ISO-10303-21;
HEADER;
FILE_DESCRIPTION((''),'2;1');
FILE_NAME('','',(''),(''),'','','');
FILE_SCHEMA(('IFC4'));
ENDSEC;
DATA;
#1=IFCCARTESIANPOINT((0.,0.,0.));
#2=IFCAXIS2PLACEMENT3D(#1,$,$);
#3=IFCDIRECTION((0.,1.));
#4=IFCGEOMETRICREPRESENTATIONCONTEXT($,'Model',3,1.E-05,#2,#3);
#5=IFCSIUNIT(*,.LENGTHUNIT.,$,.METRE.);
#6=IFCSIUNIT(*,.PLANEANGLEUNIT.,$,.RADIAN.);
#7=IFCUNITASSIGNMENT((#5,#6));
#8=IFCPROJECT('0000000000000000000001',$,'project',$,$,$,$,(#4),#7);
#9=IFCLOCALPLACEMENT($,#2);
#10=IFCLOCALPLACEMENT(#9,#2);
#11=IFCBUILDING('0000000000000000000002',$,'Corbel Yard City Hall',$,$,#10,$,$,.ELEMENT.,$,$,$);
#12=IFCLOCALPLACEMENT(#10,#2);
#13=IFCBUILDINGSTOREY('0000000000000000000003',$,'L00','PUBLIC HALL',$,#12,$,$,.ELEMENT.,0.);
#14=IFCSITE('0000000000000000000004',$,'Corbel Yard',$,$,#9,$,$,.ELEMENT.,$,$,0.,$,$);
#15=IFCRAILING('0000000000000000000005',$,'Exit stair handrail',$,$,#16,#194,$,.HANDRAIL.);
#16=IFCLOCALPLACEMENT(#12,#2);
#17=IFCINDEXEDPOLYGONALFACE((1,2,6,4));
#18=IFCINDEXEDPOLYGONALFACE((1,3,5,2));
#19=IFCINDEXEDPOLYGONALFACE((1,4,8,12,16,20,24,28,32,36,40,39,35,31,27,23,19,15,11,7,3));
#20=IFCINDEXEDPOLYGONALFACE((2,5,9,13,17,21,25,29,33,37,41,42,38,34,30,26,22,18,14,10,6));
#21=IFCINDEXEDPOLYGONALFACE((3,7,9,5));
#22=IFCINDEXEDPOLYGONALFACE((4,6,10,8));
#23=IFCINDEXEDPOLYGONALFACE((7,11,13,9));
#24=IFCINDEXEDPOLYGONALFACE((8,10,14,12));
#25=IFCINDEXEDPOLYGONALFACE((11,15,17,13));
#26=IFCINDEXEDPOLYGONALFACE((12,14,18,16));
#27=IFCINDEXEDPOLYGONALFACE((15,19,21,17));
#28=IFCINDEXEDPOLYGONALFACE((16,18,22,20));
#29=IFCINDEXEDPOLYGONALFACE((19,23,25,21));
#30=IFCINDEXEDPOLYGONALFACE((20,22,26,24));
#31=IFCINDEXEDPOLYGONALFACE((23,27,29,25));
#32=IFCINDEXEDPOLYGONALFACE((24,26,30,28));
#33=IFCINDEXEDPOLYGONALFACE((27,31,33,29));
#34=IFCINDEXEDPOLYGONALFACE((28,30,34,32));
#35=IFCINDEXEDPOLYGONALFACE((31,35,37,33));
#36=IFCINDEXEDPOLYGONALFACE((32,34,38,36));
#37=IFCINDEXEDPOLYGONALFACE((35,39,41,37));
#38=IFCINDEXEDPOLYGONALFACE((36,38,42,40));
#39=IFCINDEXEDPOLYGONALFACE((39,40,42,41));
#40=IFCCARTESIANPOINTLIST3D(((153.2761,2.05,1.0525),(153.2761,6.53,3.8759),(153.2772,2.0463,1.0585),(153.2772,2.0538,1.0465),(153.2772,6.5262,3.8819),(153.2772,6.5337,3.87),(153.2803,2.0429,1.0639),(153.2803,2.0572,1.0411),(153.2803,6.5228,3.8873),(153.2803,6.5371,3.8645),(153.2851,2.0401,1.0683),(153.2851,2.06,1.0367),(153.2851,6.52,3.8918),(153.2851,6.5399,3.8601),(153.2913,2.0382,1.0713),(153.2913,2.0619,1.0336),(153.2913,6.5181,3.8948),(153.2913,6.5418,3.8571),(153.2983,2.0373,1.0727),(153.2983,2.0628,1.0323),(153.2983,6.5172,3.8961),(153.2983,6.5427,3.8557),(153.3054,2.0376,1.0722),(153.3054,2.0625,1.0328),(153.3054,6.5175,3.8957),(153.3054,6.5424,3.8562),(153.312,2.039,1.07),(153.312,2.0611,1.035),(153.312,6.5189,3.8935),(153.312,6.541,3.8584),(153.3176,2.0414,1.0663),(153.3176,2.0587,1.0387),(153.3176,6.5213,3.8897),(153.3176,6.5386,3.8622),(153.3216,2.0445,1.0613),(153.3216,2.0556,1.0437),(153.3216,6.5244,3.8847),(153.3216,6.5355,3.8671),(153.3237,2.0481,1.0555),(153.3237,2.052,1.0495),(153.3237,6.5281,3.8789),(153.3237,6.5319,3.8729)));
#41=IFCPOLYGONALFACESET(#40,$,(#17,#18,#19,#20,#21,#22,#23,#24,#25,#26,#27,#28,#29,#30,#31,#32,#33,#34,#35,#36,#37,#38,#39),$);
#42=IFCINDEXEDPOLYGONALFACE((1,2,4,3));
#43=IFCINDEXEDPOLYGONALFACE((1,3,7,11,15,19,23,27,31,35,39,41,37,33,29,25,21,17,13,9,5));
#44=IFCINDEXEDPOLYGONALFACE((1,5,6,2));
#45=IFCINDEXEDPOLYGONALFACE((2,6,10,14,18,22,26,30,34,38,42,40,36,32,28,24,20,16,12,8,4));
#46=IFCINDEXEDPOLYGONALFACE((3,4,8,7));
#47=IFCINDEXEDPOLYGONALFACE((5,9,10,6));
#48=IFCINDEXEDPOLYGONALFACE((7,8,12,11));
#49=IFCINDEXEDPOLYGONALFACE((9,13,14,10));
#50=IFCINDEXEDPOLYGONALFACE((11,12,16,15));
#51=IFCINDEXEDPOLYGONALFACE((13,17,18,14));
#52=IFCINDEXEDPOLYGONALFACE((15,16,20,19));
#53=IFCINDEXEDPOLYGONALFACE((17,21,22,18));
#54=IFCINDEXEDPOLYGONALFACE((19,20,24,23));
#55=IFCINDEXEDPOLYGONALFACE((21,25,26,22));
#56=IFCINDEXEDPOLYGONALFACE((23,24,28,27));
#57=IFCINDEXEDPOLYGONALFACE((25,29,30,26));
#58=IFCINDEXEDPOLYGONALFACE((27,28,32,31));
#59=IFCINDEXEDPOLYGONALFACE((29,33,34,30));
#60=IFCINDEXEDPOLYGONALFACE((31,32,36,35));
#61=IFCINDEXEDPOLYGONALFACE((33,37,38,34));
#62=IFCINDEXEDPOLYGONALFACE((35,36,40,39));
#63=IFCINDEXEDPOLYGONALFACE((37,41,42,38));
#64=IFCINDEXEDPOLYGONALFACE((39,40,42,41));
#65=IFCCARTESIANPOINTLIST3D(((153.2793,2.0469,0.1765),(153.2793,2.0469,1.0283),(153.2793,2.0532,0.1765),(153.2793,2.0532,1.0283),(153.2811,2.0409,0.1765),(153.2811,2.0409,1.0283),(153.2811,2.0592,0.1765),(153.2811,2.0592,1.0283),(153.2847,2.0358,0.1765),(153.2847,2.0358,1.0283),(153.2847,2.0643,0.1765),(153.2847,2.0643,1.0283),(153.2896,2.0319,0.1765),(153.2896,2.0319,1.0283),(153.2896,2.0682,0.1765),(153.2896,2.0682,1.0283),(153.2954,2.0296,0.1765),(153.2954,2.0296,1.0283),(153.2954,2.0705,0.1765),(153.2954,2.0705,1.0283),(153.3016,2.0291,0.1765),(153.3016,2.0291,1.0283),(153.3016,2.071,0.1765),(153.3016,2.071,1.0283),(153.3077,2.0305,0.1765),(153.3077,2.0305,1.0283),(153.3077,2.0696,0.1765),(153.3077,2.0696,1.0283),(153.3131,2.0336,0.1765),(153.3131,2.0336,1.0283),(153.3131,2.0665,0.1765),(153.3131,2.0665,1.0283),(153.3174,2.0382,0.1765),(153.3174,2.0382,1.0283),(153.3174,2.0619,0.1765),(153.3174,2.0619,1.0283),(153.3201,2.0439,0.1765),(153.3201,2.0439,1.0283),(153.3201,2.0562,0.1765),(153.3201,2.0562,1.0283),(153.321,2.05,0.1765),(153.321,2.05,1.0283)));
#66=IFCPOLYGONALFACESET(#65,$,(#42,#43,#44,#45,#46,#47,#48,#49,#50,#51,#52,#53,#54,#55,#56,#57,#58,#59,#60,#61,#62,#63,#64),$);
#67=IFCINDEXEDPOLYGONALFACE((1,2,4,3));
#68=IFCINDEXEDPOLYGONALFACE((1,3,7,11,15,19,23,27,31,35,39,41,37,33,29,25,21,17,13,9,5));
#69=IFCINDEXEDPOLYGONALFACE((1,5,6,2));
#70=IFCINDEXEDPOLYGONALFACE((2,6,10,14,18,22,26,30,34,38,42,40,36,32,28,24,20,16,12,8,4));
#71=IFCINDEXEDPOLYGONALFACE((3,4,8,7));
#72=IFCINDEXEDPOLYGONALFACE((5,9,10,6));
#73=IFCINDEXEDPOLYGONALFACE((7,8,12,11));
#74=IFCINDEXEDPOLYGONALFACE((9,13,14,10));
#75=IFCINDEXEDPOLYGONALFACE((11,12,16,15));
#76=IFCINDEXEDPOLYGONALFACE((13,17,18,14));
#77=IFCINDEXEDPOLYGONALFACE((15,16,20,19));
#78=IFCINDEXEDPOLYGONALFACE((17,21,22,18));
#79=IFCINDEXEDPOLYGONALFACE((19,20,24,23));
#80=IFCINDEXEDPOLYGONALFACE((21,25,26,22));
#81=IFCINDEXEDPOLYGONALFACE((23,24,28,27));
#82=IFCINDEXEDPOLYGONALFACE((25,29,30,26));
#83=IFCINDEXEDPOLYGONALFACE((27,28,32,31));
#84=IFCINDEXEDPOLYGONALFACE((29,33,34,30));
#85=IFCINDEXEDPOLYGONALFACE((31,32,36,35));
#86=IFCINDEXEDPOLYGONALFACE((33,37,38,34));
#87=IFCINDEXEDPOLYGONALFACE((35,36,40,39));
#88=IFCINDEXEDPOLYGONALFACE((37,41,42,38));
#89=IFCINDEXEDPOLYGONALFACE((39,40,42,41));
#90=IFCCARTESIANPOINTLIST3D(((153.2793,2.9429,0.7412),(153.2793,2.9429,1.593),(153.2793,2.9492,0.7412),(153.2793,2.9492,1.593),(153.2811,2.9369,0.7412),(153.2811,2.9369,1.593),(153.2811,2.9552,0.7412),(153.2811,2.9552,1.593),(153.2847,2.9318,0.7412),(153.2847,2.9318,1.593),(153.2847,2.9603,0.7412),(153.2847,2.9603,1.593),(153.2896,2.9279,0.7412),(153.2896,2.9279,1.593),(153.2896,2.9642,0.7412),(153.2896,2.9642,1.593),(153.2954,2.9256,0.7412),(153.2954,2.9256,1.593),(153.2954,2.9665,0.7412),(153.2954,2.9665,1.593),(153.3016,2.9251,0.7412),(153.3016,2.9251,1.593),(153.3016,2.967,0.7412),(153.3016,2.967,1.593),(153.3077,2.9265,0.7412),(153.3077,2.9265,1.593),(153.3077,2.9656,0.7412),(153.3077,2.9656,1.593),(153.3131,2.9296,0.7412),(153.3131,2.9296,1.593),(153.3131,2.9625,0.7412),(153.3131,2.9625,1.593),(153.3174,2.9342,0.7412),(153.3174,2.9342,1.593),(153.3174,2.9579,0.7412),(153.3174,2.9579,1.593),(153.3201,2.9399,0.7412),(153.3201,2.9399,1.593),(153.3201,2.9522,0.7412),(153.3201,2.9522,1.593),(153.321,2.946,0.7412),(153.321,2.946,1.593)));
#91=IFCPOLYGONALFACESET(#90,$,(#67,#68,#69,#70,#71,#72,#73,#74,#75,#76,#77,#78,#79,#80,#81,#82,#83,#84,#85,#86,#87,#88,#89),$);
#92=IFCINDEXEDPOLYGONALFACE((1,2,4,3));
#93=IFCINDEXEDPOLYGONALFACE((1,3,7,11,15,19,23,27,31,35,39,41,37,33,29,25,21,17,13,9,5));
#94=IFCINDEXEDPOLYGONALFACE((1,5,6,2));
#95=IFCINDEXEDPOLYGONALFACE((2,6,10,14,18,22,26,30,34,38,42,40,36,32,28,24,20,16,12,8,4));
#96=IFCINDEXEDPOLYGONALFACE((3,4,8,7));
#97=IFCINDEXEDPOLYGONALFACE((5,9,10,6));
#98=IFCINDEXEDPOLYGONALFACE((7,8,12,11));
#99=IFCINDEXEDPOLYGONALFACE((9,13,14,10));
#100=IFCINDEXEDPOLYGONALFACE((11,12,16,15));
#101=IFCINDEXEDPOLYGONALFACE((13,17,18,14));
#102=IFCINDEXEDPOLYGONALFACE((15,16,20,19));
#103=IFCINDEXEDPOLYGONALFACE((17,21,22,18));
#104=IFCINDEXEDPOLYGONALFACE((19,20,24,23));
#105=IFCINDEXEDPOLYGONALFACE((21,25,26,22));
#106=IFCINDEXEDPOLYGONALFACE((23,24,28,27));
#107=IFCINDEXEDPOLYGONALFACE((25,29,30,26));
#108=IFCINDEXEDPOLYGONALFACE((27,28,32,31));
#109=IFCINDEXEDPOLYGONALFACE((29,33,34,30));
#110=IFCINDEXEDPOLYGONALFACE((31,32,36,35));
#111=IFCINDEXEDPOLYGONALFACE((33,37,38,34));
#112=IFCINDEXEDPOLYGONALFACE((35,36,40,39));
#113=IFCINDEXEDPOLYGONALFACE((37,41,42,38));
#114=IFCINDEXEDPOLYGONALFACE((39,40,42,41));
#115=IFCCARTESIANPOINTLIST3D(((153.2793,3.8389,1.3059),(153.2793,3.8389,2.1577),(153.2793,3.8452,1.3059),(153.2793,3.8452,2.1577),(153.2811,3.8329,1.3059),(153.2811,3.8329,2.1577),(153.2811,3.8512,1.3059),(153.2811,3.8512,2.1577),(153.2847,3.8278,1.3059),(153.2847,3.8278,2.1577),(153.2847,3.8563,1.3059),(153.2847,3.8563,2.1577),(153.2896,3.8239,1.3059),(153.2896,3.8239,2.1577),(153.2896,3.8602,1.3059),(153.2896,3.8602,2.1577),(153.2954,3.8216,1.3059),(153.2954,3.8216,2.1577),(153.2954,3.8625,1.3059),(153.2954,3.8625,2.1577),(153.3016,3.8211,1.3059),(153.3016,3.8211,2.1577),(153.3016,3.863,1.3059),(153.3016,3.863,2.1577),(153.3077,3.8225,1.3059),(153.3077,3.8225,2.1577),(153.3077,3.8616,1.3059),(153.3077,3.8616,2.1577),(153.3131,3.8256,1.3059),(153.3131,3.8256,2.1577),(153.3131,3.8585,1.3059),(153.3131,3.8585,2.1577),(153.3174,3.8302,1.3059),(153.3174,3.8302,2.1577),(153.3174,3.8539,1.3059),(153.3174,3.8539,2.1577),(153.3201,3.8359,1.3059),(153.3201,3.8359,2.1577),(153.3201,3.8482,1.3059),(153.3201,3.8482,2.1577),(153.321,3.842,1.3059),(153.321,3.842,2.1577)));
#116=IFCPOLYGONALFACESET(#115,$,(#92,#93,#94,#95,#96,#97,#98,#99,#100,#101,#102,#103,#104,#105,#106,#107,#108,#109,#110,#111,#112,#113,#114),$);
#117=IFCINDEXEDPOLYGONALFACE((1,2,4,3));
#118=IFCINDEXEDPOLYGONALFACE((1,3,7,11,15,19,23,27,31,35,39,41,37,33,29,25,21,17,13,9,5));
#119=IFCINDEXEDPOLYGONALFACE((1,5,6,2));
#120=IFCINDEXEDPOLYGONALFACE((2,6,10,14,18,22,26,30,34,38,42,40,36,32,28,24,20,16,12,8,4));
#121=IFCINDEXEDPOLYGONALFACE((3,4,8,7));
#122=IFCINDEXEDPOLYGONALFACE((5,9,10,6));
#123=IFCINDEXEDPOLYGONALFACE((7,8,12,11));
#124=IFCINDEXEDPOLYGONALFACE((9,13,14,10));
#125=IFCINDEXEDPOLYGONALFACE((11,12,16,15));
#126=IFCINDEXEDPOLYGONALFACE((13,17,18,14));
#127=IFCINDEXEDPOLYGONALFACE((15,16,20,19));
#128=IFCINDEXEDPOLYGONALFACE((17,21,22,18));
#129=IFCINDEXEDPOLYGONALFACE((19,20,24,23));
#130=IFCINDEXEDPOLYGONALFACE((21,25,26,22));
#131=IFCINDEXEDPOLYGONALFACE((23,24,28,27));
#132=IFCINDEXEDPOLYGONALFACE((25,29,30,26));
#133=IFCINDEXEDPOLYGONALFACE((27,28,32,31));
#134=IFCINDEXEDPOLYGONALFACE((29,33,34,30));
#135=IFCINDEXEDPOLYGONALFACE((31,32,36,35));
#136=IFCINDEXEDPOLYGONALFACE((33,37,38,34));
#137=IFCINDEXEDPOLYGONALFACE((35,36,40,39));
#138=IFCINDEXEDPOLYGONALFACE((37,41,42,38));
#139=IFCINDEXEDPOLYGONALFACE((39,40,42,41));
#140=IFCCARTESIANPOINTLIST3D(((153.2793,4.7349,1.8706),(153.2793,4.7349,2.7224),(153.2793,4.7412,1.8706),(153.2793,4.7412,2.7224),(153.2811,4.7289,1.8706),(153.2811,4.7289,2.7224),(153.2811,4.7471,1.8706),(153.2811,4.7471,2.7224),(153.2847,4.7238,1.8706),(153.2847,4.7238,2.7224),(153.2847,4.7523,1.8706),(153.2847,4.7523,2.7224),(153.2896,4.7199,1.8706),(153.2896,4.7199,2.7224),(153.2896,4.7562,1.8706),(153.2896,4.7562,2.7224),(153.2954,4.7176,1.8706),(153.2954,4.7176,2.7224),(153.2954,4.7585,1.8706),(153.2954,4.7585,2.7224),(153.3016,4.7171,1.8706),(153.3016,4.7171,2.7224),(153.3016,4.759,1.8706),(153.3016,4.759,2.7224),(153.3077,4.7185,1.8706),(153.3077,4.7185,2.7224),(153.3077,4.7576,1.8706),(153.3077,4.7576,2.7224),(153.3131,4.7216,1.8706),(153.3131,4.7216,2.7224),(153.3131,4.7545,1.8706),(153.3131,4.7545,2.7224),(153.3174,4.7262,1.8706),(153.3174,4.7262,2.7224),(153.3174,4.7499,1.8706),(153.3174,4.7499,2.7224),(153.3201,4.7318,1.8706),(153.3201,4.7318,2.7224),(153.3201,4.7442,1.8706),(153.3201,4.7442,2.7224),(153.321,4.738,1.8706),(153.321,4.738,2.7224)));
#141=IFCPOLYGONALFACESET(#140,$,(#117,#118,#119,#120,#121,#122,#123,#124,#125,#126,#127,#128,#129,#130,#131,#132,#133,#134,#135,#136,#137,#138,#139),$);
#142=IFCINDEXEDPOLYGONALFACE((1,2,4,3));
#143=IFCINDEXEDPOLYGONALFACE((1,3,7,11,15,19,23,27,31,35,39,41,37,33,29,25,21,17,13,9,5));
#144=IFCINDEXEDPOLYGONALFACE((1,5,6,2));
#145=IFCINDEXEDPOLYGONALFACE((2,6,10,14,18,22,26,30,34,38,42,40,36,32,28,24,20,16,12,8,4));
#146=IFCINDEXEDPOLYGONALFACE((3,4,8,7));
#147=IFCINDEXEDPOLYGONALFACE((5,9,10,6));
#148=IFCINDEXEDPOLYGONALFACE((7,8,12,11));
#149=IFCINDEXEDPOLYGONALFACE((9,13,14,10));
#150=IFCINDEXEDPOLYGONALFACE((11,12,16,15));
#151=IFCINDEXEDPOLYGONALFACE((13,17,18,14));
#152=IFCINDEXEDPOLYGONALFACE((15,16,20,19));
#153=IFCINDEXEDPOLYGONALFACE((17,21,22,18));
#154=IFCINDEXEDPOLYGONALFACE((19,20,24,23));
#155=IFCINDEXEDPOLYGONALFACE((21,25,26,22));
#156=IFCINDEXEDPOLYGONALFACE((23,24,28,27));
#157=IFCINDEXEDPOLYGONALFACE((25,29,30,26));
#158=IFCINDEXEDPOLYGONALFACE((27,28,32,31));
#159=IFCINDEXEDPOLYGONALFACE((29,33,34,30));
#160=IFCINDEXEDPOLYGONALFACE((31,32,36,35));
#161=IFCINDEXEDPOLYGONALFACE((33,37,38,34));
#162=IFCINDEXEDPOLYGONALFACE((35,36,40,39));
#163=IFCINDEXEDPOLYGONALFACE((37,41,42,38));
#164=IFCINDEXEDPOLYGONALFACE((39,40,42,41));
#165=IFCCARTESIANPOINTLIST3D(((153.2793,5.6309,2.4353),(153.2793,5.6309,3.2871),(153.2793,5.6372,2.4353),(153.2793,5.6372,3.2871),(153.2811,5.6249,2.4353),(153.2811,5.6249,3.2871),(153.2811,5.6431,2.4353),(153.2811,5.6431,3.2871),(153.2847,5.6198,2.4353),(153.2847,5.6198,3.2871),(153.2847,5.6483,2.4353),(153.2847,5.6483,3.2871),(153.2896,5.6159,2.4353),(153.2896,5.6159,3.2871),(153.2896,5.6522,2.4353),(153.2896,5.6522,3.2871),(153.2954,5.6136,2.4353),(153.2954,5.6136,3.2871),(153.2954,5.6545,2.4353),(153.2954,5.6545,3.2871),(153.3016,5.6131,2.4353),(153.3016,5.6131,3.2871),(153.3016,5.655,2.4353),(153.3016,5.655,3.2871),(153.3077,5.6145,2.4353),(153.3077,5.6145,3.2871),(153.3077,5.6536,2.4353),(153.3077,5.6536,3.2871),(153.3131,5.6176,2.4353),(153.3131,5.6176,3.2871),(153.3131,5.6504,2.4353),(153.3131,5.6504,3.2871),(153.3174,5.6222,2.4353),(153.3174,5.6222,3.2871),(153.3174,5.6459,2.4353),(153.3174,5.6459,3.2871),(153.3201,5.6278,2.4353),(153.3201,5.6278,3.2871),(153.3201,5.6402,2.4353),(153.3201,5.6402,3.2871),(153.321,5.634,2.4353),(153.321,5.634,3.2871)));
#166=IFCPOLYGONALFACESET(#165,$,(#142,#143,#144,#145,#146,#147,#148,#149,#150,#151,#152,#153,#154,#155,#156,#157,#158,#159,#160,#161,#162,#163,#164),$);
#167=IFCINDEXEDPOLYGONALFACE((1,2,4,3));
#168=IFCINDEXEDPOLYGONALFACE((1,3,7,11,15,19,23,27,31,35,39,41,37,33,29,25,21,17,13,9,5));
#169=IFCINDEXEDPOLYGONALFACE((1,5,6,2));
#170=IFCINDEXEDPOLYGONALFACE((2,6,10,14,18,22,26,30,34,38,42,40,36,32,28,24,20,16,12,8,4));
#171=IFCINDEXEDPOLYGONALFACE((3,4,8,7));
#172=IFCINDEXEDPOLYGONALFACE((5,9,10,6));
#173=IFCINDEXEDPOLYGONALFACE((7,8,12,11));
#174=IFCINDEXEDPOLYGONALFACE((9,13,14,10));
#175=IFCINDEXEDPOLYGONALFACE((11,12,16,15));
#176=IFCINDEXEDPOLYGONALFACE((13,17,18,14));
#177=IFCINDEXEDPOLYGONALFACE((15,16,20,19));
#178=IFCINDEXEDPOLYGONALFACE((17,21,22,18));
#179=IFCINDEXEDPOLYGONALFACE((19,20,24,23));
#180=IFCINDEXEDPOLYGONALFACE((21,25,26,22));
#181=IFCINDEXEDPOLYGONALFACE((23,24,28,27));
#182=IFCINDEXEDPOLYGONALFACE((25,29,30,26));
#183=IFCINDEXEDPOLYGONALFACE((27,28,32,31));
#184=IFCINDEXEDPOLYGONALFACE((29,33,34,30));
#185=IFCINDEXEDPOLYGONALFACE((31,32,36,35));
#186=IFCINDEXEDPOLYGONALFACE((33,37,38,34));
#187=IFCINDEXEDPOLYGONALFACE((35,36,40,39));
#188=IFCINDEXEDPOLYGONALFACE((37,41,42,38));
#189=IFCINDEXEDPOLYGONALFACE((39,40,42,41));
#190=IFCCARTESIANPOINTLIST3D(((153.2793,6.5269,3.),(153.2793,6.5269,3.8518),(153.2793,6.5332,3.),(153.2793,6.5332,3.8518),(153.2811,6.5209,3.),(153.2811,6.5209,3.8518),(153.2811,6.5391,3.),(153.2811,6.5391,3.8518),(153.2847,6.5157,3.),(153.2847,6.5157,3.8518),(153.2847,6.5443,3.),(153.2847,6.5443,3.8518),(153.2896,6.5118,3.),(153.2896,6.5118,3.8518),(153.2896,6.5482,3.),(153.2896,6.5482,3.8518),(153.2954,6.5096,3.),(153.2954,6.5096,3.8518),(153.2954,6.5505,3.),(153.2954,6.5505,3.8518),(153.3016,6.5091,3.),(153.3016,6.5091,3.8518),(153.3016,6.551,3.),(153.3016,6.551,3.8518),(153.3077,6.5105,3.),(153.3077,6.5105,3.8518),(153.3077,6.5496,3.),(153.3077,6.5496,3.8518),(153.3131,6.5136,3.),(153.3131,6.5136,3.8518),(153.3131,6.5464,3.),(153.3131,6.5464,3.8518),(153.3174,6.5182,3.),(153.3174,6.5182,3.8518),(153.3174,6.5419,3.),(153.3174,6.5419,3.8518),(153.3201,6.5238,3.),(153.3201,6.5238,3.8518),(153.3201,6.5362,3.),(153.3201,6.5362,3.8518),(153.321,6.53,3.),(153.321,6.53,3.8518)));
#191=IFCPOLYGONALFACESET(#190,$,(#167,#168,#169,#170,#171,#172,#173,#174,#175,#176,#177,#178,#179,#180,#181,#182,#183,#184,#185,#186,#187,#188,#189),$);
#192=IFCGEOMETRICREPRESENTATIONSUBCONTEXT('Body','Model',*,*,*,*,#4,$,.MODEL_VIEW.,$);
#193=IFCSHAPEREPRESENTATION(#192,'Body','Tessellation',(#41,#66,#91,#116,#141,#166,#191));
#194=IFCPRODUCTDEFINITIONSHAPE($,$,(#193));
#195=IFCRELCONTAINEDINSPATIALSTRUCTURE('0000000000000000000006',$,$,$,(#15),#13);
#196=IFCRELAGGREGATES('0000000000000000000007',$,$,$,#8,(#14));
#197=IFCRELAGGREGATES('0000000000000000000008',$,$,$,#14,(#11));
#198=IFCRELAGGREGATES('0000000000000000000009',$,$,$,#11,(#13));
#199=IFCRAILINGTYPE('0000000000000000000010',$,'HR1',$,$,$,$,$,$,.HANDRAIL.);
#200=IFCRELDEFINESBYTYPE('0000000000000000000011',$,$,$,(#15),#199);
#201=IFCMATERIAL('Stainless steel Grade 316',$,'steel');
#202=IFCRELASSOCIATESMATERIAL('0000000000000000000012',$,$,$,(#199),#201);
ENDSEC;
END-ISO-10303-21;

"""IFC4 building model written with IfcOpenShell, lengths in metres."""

from ifc_helpers import new_model, si_unit, direction, frame, origin, origin_2d, place, context, subcontext, project, spatial, circle, extrude, material, type_object, element, save


model = new_model("IFC4")

# Units and contexts
model_context = context("Model", 3, precision=1e-05, world=origin(), true_north=direction((0.0, 1.0)))
body_context = subcontext(model_context, "Body", "Model", "MODEL_VIEW")
ifc_project = project(units=[si_unit("LENGTHUNIT", "METRE"), si_unit("PLANEANGLEUNIT", "RADIAN")], contexts=[model_context])

# Site, building, storey
site_placement = place(None, origin())
site = spatial("IfcSite", under=ifc_project, at=site_placement, Name="Corbel Yard", CompositionType="ELEMENT", RefElevation=0.0)
building_placement = place(site_placement, origin())
building = spatial("IfcBuilding", under=site, at=building_placement, Name="Corbel Yard City Hall", CompositionType="ELEMENT")
storey_placement = place(building_placement, origin())
storey = spatial("IfcBuildingStorey", under=building, at=storey_placement, Name="L00", Description="PUBLIC HALL", CompositionType="ELEMENT", Elevation=0.0)

# Shared definitions
ifc_material_1 = material(Name="Stainless steel Grade 316", Category="steel")

# Railing
railing_type = type_object("IfcRailingType", Name="HR1", PredefinedType="HANDRAIL", material=ifc_material_1)
for number, where, name in (
    (1, (153.3, 2.05, 0.1765), "Exit stair handrail"),
):
    element("IfcRailing", number, at=place(storey_placement, frame(where)), inside=storey, type_object=railing_type, Name=name, PredefinedType="HANDRAIL", context=body_context, shape_type="SweptSolid", body=[
        extrude(circle(Radius=0.0239, at=origin_2d()), frame((0.0, 0.0, 0.876), z_axis=(0.0, 0.845998, 0.533186), x_axis=(-1.0, 0.0, 0.0)), (0.0, 0.0, 1.0), 5.2954),
        extrude(circle(Radius=0.021, at=origin_2d()), origin(), (0.0, 0.0, 1.0), 0.8518),
        extrude(circle(Radius=0.021, at=origin_2d()), frame((0.0, 0.896, 0.5647)), (0.0, 0.0, 1.0), 0.8518),
        extrude(circle(Radius=0.021, at=origin_2d()), frame((0.0, 1.792, 1.1294)), (0.0, 0.0, 1.0), 0.8518),
        extrude(circle(Radius=0.021, at=origin_2d()), frame((0.0, 2.688, 1.6941)), (0.0, 0.0, 1.0), 0.8518),
        extrude(circle(Radius=0.021, at=origin_2d()), frame((0.0, 3.584, 2.2588)), (0.0, 0.0, 1.0), 0.8518),
        extrude(circle(Radius=0.021, at=origin_2d()), frame((0.0, 4.48, 2.8235)), (0.0, 0.0, 1.0), 0.8518),
    ])

save(model, "model.ifc")
